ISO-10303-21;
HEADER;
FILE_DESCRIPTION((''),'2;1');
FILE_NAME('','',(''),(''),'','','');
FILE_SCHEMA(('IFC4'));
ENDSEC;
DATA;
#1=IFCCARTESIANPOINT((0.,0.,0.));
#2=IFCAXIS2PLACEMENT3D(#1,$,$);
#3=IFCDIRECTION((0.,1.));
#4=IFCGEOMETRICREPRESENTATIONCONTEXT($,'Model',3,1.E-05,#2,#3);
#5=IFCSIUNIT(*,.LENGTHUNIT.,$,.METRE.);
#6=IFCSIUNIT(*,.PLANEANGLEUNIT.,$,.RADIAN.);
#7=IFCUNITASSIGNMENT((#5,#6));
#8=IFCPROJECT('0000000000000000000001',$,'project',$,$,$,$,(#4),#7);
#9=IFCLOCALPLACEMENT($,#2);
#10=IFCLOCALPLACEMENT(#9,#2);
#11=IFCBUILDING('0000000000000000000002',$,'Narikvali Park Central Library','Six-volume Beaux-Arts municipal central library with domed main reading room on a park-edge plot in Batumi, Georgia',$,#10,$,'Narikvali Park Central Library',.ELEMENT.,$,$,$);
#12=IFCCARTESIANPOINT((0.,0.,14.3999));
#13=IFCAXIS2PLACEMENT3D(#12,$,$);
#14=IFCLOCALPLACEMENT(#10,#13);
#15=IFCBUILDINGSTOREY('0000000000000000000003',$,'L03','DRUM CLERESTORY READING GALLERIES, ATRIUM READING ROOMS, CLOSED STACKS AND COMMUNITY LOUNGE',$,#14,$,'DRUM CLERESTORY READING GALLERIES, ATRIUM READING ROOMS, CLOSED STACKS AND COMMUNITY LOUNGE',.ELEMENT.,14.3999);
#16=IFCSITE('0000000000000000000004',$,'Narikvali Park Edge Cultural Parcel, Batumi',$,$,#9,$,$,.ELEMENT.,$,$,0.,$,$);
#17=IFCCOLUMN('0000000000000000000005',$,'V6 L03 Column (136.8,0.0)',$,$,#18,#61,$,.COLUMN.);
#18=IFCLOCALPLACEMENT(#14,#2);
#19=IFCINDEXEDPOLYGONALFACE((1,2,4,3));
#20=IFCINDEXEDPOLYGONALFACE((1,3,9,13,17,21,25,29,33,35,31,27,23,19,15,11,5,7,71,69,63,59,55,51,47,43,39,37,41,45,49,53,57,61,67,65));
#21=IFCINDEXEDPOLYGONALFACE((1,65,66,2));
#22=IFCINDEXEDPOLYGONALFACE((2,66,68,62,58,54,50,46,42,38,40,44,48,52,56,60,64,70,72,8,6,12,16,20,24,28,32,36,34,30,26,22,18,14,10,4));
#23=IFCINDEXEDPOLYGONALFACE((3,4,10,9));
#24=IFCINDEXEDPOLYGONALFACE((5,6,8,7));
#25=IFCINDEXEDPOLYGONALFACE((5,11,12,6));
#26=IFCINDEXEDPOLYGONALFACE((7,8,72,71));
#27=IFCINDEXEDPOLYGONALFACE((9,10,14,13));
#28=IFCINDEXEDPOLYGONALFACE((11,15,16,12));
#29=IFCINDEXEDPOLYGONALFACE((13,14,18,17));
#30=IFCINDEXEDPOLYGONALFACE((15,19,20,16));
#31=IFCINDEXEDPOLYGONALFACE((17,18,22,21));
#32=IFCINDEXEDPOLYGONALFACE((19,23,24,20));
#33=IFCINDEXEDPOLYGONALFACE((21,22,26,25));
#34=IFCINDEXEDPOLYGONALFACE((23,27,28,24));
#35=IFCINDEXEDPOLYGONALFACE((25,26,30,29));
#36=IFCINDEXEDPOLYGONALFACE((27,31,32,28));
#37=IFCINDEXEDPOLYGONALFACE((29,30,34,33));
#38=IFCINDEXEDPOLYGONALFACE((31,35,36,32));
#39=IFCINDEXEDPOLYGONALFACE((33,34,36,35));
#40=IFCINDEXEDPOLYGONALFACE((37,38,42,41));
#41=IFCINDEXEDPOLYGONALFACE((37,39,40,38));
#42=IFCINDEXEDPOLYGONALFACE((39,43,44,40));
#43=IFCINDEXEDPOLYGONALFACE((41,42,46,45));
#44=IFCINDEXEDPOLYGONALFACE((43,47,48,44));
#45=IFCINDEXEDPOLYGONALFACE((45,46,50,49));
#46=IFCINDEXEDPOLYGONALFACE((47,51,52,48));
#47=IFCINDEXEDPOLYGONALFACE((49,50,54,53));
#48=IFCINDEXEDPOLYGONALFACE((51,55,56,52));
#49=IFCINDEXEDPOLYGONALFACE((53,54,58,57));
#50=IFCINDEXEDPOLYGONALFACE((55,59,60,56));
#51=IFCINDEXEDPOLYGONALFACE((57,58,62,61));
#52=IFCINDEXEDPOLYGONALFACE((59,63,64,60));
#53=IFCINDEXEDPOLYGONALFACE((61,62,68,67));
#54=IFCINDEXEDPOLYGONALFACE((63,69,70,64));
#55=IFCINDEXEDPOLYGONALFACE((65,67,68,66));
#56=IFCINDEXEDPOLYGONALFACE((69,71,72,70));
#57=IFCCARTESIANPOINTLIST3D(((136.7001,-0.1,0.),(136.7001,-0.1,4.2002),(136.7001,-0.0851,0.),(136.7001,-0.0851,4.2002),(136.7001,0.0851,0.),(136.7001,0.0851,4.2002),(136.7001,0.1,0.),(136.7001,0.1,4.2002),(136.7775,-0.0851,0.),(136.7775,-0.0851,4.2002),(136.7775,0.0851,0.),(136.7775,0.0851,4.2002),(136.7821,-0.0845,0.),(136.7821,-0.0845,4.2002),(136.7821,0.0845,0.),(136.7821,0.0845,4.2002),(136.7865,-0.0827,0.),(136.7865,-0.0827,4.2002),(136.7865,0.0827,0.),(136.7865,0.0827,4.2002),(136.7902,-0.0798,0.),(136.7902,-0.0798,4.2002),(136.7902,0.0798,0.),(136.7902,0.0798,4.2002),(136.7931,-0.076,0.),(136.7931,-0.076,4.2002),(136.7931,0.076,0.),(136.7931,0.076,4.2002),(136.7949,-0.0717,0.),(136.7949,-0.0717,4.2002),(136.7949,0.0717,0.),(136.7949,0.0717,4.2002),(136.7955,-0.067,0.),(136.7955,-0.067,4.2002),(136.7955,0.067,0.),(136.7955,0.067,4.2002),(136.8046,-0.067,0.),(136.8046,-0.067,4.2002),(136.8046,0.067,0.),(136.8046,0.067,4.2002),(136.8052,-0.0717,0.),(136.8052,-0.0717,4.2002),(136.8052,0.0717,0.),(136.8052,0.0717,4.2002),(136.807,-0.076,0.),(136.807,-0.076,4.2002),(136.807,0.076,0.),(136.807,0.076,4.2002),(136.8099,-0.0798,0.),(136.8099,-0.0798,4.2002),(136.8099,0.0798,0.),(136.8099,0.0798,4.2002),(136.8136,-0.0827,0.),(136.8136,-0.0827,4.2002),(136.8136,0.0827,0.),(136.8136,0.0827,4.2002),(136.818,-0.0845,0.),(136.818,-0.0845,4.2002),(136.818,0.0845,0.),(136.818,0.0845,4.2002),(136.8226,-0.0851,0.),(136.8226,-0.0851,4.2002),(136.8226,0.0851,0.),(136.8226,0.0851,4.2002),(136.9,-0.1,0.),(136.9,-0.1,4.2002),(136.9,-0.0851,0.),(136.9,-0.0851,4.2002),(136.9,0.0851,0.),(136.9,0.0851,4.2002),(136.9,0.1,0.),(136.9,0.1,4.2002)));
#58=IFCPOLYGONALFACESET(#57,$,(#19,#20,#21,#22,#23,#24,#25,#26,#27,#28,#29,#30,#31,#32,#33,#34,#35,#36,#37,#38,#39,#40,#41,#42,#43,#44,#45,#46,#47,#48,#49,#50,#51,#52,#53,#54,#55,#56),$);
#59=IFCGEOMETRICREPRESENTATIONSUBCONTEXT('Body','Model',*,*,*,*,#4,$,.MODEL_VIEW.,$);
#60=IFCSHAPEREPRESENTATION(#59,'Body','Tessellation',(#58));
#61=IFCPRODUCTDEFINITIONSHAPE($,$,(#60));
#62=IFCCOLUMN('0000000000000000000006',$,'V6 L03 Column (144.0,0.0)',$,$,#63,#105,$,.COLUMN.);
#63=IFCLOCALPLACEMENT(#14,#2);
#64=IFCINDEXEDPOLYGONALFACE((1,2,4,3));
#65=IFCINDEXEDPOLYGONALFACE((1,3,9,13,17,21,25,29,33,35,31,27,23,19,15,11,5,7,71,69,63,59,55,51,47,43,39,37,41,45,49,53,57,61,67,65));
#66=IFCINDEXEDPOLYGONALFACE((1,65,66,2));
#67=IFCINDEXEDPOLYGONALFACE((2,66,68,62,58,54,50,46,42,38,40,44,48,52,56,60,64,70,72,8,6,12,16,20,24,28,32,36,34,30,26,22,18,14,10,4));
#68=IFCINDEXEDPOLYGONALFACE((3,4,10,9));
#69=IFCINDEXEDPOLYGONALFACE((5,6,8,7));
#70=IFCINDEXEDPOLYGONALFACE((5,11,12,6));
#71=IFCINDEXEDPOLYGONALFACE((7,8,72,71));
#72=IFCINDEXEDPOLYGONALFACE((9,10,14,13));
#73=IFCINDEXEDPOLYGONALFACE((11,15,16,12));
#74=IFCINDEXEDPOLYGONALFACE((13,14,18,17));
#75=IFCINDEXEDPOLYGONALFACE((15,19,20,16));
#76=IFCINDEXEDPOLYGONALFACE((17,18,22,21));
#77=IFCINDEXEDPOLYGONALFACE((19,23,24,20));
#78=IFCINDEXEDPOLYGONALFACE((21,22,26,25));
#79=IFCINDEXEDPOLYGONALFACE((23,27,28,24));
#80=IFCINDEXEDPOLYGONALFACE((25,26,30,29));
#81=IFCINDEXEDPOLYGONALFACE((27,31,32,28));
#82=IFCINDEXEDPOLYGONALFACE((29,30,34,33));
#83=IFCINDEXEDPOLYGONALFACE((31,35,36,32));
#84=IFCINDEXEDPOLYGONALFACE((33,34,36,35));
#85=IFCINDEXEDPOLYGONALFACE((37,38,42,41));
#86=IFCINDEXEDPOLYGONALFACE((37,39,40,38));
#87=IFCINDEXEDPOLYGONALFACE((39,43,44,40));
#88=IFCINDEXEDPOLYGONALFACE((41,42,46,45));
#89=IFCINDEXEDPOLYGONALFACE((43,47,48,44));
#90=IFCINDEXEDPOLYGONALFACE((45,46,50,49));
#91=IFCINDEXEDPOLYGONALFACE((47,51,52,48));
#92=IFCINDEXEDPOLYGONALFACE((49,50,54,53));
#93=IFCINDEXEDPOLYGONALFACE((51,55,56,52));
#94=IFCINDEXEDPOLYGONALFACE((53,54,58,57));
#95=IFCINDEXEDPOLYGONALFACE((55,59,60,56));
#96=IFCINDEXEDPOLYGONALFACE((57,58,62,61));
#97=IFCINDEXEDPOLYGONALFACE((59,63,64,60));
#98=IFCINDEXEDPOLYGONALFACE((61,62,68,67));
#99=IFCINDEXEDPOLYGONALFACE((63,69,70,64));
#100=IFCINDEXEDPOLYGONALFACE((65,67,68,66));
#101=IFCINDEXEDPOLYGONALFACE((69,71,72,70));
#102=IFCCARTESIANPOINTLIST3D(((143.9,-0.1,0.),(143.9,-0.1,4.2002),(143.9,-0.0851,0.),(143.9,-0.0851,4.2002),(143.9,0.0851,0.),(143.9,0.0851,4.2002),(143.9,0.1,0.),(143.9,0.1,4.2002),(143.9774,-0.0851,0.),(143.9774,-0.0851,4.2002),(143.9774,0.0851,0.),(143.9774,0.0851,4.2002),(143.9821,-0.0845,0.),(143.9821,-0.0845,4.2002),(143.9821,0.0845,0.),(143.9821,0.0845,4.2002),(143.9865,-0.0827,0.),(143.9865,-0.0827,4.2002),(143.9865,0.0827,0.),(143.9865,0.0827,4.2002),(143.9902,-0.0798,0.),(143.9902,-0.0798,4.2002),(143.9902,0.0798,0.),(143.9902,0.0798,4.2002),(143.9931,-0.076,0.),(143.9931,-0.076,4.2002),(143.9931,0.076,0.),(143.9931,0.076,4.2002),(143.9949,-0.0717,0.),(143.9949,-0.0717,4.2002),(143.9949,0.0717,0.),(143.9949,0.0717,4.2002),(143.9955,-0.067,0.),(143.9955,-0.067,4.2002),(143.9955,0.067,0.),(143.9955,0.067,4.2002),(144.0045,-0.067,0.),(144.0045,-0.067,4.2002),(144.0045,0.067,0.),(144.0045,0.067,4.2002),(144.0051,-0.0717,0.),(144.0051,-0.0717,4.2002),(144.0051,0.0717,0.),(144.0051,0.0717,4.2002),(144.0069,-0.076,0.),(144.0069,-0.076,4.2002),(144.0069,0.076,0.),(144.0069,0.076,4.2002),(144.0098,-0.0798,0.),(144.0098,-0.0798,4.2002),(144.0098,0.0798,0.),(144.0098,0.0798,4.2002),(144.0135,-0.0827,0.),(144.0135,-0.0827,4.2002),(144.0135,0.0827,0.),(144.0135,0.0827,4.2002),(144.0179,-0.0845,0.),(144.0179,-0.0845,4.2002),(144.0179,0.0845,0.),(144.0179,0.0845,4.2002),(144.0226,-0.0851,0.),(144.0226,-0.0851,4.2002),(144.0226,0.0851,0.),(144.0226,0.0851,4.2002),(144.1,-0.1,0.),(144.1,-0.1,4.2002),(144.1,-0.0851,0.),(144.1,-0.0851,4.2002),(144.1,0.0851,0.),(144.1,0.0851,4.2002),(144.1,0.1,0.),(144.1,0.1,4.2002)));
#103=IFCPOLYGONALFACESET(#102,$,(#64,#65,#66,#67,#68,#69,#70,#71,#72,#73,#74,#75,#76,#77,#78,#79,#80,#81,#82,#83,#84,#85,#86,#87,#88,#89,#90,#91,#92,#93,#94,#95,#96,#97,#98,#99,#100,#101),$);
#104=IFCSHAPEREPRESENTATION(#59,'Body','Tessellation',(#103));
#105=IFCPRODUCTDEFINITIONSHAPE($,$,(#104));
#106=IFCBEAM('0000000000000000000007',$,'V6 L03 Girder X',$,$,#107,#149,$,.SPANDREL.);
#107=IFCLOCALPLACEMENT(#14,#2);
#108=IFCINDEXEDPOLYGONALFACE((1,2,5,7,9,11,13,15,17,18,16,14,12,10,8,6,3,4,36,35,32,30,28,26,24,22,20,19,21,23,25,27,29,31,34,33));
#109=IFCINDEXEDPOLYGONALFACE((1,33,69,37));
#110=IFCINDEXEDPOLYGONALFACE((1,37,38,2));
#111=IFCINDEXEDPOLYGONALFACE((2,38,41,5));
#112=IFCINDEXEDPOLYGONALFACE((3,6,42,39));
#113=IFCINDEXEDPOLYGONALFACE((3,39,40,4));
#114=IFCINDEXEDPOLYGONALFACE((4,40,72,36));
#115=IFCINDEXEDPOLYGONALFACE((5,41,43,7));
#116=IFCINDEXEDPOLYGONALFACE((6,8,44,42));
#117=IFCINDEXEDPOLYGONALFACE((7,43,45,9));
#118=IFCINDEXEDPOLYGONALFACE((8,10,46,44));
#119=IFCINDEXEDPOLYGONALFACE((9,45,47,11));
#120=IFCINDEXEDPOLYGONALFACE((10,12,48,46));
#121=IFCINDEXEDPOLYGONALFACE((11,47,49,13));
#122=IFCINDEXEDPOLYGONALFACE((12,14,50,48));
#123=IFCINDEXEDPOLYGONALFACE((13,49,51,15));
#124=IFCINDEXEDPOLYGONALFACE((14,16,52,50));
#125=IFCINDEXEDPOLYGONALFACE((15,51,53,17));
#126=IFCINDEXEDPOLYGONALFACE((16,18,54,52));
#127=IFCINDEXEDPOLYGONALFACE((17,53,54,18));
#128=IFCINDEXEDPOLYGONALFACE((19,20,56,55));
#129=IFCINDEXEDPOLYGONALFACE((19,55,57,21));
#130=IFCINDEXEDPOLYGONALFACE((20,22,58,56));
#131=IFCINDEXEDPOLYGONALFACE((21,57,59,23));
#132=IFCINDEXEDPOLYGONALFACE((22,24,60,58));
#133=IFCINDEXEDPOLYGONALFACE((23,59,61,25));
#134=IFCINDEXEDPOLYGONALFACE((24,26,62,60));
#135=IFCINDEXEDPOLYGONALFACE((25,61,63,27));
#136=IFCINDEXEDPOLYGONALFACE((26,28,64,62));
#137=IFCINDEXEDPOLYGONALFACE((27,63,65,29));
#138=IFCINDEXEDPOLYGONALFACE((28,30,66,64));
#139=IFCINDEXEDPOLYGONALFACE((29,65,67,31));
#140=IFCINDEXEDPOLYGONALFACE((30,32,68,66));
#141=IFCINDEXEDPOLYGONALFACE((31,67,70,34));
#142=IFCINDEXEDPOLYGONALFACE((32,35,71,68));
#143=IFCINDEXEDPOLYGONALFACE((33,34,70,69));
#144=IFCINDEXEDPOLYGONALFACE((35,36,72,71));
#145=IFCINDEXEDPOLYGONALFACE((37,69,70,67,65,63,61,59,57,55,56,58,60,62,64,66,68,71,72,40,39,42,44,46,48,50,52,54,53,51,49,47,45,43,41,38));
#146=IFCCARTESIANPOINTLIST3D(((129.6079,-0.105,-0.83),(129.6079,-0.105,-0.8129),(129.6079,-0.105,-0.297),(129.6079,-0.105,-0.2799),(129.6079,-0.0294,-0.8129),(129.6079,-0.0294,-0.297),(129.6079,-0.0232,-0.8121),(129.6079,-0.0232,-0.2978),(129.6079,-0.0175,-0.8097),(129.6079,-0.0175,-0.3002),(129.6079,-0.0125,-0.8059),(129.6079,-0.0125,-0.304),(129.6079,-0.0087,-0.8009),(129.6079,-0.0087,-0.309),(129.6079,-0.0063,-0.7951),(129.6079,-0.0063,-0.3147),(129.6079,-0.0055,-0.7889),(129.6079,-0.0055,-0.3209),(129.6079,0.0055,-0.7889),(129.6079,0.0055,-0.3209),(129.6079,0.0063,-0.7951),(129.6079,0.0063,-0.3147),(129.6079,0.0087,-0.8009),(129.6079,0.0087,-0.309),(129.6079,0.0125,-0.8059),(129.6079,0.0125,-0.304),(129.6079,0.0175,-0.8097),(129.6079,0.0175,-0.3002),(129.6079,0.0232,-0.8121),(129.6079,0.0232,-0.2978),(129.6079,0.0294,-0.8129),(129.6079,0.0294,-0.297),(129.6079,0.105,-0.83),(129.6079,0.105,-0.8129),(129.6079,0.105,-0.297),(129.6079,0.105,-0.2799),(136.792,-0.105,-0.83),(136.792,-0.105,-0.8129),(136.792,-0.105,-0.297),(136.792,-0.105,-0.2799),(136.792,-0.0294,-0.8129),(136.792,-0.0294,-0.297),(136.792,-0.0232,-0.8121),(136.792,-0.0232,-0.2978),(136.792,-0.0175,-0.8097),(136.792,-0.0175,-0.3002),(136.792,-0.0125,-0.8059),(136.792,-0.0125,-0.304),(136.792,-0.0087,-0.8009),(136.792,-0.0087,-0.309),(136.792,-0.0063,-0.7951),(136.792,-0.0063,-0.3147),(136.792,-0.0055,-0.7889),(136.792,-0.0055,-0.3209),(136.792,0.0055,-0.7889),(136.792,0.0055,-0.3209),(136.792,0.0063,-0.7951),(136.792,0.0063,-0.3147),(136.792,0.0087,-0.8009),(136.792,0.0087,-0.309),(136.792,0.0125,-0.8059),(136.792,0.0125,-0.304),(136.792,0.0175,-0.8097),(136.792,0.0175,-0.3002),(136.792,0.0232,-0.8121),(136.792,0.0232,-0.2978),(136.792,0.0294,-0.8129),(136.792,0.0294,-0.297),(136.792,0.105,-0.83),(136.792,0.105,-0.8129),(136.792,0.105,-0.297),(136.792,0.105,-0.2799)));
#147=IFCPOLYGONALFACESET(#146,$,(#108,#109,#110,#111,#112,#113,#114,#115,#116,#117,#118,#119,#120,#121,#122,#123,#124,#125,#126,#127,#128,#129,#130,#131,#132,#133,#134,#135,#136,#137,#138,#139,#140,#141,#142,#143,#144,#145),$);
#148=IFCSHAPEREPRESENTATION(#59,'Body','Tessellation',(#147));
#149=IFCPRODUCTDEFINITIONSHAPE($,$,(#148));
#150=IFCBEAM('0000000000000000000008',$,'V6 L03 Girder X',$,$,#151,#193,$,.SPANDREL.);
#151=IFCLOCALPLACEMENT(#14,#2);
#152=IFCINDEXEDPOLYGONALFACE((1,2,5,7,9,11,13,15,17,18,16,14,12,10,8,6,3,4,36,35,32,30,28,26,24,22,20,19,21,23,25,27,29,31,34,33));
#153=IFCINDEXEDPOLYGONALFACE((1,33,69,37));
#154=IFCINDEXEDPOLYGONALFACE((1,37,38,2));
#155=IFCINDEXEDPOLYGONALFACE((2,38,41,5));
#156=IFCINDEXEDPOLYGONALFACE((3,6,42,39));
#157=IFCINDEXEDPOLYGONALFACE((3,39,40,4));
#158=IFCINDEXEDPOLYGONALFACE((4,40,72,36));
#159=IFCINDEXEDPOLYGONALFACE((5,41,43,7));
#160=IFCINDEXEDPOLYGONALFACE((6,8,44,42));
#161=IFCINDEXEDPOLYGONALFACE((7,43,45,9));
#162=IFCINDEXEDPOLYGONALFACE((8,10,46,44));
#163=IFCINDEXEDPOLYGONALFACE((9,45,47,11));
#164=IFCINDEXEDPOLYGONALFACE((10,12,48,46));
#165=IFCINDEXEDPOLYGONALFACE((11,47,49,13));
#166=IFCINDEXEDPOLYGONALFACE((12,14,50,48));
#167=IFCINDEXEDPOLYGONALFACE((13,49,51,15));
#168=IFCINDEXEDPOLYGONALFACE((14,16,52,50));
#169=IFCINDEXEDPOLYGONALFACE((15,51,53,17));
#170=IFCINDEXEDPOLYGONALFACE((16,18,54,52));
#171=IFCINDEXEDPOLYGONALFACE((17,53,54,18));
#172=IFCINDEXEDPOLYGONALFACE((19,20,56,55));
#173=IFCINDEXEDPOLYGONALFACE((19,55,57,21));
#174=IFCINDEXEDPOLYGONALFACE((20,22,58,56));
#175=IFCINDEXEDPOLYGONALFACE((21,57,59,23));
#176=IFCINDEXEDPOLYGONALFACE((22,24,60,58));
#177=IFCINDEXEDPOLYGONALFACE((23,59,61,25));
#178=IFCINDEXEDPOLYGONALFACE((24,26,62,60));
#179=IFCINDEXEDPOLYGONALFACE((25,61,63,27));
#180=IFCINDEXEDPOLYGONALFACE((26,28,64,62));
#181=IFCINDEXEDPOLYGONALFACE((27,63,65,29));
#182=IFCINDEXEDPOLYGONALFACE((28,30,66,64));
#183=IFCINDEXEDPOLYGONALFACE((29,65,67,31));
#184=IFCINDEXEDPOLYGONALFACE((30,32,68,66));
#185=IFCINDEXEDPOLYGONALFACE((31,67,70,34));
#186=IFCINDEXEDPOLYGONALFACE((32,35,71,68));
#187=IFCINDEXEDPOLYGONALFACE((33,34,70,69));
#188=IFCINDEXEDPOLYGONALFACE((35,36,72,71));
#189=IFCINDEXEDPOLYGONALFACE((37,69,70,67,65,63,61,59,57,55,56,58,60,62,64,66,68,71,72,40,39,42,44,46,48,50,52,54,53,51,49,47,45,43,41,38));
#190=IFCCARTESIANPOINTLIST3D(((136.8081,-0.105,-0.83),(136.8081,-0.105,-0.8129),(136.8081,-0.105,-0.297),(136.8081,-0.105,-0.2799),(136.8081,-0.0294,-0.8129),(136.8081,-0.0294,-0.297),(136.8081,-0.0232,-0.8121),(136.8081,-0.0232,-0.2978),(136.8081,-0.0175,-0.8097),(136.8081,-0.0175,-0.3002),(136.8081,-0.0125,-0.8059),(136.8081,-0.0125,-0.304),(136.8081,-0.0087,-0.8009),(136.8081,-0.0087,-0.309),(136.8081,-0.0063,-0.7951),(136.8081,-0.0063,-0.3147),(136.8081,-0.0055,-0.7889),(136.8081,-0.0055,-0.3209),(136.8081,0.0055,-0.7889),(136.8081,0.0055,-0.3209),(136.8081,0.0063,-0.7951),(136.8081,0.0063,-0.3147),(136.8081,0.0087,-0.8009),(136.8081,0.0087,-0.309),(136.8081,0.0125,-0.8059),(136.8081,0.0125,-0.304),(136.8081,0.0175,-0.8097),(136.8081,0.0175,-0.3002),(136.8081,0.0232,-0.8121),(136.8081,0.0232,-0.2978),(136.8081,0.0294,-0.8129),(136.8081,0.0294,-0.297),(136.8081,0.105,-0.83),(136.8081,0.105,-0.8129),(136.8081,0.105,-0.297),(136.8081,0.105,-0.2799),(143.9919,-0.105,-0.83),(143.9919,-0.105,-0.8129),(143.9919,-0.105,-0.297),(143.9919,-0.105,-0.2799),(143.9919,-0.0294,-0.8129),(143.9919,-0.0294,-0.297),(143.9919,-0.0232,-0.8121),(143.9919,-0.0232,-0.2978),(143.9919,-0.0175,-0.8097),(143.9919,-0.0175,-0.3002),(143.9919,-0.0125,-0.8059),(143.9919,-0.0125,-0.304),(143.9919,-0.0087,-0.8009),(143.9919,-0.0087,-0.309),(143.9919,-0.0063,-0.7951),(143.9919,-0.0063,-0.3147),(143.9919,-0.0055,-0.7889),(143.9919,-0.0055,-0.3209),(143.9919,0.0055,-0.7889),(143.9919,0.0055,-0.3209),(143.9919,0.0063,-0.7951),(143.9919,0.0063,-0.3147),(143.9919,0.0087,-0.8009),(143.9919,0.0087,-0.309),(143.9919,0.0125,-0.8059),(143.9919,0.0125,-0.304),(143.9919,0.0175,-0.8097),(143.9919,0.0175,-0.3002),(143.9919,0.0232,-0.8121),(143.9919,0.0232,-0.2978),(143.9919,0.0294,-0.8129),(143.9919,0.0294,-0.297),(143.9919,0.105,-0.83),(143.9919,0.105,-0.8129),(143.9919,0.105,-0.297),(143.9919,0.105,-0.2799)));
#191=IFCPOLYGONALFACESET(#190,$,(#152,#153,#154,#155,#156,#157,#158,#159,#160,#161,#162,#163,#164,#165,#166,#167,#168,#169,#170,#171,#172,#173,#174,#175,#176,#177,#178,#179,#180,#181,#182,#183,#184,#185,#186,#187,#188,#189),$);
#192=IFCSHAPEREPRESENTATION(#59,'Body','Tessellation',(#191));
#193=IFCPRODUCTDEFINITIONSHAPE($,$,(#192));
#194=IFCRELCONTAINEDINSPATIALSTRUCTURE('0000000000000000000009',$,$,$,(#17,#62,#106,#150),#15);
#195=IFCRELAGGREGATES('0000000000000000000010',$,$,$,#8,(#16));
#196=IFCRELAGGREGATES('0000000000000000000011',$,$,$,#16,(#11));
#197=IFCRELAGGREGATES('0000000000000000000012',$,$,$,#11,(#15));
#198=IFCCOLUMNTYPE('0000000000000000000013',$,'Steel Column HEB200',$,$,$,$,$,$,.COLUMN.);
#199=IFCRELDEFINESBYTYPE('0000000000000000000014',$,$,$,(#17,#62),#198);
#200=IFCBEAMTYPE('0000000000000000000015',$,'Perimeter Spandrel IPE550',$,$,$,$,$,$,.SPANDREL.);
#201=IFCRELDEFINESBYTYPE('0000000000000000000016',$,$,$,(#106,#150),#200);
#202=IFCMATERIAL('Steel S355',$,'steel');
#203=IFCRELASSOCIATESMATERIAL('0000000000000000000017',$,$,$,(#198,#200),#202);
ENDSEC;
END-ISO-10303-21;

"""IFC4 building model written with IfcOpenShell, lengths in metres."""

from ifc_helpers import new_model, si_unit, direction, frame, origin, origin_2d, place, context, subcontext, project, spatial, i_section, extrude, material, material_profile, profile_set, type_object, element, save


model = new_model("IFC4")

# Units and contexts
model_context = context("Model", 3, precision=1e-05, world=origin(), true_north=direction((0.0, 1.0)))
body_context = subcontext(model_context, "Body", "Model", "MODEL_VIEW")
ifc_project = project(units=[si_unit("LENGTHUNIT", "METRE"), si_unit("PLANEANGLEUNIT", "RADIAN")], contexts=[model_context])

# Site, building, storey
site_placement = place(None, origin())
site = spatial("IfcSite", under=ifc_project, at=site_placement, Name="Narikvali Park Edge Cultural Parcel, Batumi", CompositionType="ELEMENT", RefElevation=0.0)
building_placement = place(site_placement, origin())
building = spatial("IfcBuilding", under=site, at=building_placement, Name="Narikvali Park Central Library", Description="Six-volume Beaux-Arts municipal central library with domed main reading room on a park-edge plot in Batumi, Georgia", LongName="Narikvali Park Central Library", CompositionType="ELEMENT")
storey_placement = place(building_placement, frame((0.0, 0.0, 14.3999)))
storey = spatial("IfcBuildingStorey", under=building, at=storey_placement, Name="L03", Description="DRUM CLERESTORY READING GALLERIES, ATRIUM READING ROOMS, CLOSED STACKS AND COMMUNITY LOUNGE", LongName="DRUM CLERESTORY READING GALLERIES, ATRIUM READING ROOMS, CLOSED STACKS AND COMMUNITY LOUNGE", CompositionType="ELEMENT", Elevation=14.3999)

# Columns
ifc_material_1 = material(Name="Steel S355", Category="steel")
ifc_material_profile_1 = material_profile(ifc_material_1, i_section(OverallWidth=0.2, OverallDepth=0.2, WebThickness=0.009, FlangeThickness=0.0149, FilletRadius=0.0181, at=origin_2d()), Name="HEB 200")
ifc_profile_set_1 = profile_set([ifc_material_profile_1], Name="Steel S355")
column_type = type_object("IfcColumnType", Name="Steel Column HEB200", PredefinedType="COLUMN", material=ifc_profile_set_1)
for number, where, z_axis, x_axis, name in (
    (1, (136.8, 0.0, 0.0), (0.0, 0.0, 1.0), (1.0, 0.0, 0.0), "V6 L03 Column (136.8,0.0)"),
    (2, (144.0, 0.0, 0.0), (0.0, 0.0, 1.0), (1.0, 0.0, 0.0), "V6 L03 Column (144.0,0.0)"),
):
    element("IfcColumn", number, at=place(storey_placement, frame(where, z_axis=z_axis, x_axis=x_axis)), inside=storey, type_object=column_type, Name=name, PredefinedType="COLUMN", context=body_context, shape_type="SweptSolid", body=[
        extrude(i_section(OverallWidth=0.2, OverallDepth=0.2, WebThickness=0.009, FlangeThickness=0.0149, FilletRadius=0.0181, at=origin_2d()), origin(), (0.0, 0.0, 1.0), 4.2002),
    ])

# Beams
ifc_material_profile_2 = material_profile(ifc_material_1, i_section(OverallWidth=0.21, OverallDepth=0.55, WebThickness=0.011, FlangeThickness=0.0171, FilletRadius=0.0239, at=origin_2d()), Name="IPE 550")
ifc_profile_set_2 = profile_set([ifc_material_profile_2], Name="Steel S355")
beam_type_1 = type_object("IfcBeamType", Name="Perimeter Spandrel IPE550", PredefinedType="SPANDREL", material=ifc_profile_set_2)
beam_1_placement = place(storey_placement, frame((129.6079, 0.0, -0.5549), z_axis=(1.0, 0.0, 0.0), x_axis=(0.0, 1.0, 0.0)))
element("IfcBeam", 3, at=beam_1_placement, inside=storey, type_object=beam_type_1, Name="V6 L03 Girder X", PredefinedType="SPANDREL", context=body_context, shape_type="SweptSolid", body=[
    extrude(i_section(OverallWidth=0.21, OverallDepth=0.55, WebThickness=0.011, FlangeThickness=0.0171, FilletRadius=0.0239, at=origin_2d()), origin(), (0.0, 0.0, 1.0), 7.1841),
])
beam_2_placement = place(storey_placement, frame((136.8081, 0.0, -0.5549), z_axis=(1.0, 0.0, 0.0), x_axis=(0.0, 1.0, 0.0)))
element("IfcBeam", 4, at=beam_2_placement, inside=storey, type_object=beam_type_1, Name="V6 L03 Girder X", PredefinedType="SPANDREL", context=body_context, shape_type="SweptSolid", body=[
    extrude(i_section(OverallWidth=0.21, OverallDepth=0.55, WebThickness=0.011, FlangeThickness=0.0171, FilletRadius=0.0239, at=origin_2d()), origin(), (0.0, 0.0, 1.0), 7.1838),
])

save(model, "model.ifc")
